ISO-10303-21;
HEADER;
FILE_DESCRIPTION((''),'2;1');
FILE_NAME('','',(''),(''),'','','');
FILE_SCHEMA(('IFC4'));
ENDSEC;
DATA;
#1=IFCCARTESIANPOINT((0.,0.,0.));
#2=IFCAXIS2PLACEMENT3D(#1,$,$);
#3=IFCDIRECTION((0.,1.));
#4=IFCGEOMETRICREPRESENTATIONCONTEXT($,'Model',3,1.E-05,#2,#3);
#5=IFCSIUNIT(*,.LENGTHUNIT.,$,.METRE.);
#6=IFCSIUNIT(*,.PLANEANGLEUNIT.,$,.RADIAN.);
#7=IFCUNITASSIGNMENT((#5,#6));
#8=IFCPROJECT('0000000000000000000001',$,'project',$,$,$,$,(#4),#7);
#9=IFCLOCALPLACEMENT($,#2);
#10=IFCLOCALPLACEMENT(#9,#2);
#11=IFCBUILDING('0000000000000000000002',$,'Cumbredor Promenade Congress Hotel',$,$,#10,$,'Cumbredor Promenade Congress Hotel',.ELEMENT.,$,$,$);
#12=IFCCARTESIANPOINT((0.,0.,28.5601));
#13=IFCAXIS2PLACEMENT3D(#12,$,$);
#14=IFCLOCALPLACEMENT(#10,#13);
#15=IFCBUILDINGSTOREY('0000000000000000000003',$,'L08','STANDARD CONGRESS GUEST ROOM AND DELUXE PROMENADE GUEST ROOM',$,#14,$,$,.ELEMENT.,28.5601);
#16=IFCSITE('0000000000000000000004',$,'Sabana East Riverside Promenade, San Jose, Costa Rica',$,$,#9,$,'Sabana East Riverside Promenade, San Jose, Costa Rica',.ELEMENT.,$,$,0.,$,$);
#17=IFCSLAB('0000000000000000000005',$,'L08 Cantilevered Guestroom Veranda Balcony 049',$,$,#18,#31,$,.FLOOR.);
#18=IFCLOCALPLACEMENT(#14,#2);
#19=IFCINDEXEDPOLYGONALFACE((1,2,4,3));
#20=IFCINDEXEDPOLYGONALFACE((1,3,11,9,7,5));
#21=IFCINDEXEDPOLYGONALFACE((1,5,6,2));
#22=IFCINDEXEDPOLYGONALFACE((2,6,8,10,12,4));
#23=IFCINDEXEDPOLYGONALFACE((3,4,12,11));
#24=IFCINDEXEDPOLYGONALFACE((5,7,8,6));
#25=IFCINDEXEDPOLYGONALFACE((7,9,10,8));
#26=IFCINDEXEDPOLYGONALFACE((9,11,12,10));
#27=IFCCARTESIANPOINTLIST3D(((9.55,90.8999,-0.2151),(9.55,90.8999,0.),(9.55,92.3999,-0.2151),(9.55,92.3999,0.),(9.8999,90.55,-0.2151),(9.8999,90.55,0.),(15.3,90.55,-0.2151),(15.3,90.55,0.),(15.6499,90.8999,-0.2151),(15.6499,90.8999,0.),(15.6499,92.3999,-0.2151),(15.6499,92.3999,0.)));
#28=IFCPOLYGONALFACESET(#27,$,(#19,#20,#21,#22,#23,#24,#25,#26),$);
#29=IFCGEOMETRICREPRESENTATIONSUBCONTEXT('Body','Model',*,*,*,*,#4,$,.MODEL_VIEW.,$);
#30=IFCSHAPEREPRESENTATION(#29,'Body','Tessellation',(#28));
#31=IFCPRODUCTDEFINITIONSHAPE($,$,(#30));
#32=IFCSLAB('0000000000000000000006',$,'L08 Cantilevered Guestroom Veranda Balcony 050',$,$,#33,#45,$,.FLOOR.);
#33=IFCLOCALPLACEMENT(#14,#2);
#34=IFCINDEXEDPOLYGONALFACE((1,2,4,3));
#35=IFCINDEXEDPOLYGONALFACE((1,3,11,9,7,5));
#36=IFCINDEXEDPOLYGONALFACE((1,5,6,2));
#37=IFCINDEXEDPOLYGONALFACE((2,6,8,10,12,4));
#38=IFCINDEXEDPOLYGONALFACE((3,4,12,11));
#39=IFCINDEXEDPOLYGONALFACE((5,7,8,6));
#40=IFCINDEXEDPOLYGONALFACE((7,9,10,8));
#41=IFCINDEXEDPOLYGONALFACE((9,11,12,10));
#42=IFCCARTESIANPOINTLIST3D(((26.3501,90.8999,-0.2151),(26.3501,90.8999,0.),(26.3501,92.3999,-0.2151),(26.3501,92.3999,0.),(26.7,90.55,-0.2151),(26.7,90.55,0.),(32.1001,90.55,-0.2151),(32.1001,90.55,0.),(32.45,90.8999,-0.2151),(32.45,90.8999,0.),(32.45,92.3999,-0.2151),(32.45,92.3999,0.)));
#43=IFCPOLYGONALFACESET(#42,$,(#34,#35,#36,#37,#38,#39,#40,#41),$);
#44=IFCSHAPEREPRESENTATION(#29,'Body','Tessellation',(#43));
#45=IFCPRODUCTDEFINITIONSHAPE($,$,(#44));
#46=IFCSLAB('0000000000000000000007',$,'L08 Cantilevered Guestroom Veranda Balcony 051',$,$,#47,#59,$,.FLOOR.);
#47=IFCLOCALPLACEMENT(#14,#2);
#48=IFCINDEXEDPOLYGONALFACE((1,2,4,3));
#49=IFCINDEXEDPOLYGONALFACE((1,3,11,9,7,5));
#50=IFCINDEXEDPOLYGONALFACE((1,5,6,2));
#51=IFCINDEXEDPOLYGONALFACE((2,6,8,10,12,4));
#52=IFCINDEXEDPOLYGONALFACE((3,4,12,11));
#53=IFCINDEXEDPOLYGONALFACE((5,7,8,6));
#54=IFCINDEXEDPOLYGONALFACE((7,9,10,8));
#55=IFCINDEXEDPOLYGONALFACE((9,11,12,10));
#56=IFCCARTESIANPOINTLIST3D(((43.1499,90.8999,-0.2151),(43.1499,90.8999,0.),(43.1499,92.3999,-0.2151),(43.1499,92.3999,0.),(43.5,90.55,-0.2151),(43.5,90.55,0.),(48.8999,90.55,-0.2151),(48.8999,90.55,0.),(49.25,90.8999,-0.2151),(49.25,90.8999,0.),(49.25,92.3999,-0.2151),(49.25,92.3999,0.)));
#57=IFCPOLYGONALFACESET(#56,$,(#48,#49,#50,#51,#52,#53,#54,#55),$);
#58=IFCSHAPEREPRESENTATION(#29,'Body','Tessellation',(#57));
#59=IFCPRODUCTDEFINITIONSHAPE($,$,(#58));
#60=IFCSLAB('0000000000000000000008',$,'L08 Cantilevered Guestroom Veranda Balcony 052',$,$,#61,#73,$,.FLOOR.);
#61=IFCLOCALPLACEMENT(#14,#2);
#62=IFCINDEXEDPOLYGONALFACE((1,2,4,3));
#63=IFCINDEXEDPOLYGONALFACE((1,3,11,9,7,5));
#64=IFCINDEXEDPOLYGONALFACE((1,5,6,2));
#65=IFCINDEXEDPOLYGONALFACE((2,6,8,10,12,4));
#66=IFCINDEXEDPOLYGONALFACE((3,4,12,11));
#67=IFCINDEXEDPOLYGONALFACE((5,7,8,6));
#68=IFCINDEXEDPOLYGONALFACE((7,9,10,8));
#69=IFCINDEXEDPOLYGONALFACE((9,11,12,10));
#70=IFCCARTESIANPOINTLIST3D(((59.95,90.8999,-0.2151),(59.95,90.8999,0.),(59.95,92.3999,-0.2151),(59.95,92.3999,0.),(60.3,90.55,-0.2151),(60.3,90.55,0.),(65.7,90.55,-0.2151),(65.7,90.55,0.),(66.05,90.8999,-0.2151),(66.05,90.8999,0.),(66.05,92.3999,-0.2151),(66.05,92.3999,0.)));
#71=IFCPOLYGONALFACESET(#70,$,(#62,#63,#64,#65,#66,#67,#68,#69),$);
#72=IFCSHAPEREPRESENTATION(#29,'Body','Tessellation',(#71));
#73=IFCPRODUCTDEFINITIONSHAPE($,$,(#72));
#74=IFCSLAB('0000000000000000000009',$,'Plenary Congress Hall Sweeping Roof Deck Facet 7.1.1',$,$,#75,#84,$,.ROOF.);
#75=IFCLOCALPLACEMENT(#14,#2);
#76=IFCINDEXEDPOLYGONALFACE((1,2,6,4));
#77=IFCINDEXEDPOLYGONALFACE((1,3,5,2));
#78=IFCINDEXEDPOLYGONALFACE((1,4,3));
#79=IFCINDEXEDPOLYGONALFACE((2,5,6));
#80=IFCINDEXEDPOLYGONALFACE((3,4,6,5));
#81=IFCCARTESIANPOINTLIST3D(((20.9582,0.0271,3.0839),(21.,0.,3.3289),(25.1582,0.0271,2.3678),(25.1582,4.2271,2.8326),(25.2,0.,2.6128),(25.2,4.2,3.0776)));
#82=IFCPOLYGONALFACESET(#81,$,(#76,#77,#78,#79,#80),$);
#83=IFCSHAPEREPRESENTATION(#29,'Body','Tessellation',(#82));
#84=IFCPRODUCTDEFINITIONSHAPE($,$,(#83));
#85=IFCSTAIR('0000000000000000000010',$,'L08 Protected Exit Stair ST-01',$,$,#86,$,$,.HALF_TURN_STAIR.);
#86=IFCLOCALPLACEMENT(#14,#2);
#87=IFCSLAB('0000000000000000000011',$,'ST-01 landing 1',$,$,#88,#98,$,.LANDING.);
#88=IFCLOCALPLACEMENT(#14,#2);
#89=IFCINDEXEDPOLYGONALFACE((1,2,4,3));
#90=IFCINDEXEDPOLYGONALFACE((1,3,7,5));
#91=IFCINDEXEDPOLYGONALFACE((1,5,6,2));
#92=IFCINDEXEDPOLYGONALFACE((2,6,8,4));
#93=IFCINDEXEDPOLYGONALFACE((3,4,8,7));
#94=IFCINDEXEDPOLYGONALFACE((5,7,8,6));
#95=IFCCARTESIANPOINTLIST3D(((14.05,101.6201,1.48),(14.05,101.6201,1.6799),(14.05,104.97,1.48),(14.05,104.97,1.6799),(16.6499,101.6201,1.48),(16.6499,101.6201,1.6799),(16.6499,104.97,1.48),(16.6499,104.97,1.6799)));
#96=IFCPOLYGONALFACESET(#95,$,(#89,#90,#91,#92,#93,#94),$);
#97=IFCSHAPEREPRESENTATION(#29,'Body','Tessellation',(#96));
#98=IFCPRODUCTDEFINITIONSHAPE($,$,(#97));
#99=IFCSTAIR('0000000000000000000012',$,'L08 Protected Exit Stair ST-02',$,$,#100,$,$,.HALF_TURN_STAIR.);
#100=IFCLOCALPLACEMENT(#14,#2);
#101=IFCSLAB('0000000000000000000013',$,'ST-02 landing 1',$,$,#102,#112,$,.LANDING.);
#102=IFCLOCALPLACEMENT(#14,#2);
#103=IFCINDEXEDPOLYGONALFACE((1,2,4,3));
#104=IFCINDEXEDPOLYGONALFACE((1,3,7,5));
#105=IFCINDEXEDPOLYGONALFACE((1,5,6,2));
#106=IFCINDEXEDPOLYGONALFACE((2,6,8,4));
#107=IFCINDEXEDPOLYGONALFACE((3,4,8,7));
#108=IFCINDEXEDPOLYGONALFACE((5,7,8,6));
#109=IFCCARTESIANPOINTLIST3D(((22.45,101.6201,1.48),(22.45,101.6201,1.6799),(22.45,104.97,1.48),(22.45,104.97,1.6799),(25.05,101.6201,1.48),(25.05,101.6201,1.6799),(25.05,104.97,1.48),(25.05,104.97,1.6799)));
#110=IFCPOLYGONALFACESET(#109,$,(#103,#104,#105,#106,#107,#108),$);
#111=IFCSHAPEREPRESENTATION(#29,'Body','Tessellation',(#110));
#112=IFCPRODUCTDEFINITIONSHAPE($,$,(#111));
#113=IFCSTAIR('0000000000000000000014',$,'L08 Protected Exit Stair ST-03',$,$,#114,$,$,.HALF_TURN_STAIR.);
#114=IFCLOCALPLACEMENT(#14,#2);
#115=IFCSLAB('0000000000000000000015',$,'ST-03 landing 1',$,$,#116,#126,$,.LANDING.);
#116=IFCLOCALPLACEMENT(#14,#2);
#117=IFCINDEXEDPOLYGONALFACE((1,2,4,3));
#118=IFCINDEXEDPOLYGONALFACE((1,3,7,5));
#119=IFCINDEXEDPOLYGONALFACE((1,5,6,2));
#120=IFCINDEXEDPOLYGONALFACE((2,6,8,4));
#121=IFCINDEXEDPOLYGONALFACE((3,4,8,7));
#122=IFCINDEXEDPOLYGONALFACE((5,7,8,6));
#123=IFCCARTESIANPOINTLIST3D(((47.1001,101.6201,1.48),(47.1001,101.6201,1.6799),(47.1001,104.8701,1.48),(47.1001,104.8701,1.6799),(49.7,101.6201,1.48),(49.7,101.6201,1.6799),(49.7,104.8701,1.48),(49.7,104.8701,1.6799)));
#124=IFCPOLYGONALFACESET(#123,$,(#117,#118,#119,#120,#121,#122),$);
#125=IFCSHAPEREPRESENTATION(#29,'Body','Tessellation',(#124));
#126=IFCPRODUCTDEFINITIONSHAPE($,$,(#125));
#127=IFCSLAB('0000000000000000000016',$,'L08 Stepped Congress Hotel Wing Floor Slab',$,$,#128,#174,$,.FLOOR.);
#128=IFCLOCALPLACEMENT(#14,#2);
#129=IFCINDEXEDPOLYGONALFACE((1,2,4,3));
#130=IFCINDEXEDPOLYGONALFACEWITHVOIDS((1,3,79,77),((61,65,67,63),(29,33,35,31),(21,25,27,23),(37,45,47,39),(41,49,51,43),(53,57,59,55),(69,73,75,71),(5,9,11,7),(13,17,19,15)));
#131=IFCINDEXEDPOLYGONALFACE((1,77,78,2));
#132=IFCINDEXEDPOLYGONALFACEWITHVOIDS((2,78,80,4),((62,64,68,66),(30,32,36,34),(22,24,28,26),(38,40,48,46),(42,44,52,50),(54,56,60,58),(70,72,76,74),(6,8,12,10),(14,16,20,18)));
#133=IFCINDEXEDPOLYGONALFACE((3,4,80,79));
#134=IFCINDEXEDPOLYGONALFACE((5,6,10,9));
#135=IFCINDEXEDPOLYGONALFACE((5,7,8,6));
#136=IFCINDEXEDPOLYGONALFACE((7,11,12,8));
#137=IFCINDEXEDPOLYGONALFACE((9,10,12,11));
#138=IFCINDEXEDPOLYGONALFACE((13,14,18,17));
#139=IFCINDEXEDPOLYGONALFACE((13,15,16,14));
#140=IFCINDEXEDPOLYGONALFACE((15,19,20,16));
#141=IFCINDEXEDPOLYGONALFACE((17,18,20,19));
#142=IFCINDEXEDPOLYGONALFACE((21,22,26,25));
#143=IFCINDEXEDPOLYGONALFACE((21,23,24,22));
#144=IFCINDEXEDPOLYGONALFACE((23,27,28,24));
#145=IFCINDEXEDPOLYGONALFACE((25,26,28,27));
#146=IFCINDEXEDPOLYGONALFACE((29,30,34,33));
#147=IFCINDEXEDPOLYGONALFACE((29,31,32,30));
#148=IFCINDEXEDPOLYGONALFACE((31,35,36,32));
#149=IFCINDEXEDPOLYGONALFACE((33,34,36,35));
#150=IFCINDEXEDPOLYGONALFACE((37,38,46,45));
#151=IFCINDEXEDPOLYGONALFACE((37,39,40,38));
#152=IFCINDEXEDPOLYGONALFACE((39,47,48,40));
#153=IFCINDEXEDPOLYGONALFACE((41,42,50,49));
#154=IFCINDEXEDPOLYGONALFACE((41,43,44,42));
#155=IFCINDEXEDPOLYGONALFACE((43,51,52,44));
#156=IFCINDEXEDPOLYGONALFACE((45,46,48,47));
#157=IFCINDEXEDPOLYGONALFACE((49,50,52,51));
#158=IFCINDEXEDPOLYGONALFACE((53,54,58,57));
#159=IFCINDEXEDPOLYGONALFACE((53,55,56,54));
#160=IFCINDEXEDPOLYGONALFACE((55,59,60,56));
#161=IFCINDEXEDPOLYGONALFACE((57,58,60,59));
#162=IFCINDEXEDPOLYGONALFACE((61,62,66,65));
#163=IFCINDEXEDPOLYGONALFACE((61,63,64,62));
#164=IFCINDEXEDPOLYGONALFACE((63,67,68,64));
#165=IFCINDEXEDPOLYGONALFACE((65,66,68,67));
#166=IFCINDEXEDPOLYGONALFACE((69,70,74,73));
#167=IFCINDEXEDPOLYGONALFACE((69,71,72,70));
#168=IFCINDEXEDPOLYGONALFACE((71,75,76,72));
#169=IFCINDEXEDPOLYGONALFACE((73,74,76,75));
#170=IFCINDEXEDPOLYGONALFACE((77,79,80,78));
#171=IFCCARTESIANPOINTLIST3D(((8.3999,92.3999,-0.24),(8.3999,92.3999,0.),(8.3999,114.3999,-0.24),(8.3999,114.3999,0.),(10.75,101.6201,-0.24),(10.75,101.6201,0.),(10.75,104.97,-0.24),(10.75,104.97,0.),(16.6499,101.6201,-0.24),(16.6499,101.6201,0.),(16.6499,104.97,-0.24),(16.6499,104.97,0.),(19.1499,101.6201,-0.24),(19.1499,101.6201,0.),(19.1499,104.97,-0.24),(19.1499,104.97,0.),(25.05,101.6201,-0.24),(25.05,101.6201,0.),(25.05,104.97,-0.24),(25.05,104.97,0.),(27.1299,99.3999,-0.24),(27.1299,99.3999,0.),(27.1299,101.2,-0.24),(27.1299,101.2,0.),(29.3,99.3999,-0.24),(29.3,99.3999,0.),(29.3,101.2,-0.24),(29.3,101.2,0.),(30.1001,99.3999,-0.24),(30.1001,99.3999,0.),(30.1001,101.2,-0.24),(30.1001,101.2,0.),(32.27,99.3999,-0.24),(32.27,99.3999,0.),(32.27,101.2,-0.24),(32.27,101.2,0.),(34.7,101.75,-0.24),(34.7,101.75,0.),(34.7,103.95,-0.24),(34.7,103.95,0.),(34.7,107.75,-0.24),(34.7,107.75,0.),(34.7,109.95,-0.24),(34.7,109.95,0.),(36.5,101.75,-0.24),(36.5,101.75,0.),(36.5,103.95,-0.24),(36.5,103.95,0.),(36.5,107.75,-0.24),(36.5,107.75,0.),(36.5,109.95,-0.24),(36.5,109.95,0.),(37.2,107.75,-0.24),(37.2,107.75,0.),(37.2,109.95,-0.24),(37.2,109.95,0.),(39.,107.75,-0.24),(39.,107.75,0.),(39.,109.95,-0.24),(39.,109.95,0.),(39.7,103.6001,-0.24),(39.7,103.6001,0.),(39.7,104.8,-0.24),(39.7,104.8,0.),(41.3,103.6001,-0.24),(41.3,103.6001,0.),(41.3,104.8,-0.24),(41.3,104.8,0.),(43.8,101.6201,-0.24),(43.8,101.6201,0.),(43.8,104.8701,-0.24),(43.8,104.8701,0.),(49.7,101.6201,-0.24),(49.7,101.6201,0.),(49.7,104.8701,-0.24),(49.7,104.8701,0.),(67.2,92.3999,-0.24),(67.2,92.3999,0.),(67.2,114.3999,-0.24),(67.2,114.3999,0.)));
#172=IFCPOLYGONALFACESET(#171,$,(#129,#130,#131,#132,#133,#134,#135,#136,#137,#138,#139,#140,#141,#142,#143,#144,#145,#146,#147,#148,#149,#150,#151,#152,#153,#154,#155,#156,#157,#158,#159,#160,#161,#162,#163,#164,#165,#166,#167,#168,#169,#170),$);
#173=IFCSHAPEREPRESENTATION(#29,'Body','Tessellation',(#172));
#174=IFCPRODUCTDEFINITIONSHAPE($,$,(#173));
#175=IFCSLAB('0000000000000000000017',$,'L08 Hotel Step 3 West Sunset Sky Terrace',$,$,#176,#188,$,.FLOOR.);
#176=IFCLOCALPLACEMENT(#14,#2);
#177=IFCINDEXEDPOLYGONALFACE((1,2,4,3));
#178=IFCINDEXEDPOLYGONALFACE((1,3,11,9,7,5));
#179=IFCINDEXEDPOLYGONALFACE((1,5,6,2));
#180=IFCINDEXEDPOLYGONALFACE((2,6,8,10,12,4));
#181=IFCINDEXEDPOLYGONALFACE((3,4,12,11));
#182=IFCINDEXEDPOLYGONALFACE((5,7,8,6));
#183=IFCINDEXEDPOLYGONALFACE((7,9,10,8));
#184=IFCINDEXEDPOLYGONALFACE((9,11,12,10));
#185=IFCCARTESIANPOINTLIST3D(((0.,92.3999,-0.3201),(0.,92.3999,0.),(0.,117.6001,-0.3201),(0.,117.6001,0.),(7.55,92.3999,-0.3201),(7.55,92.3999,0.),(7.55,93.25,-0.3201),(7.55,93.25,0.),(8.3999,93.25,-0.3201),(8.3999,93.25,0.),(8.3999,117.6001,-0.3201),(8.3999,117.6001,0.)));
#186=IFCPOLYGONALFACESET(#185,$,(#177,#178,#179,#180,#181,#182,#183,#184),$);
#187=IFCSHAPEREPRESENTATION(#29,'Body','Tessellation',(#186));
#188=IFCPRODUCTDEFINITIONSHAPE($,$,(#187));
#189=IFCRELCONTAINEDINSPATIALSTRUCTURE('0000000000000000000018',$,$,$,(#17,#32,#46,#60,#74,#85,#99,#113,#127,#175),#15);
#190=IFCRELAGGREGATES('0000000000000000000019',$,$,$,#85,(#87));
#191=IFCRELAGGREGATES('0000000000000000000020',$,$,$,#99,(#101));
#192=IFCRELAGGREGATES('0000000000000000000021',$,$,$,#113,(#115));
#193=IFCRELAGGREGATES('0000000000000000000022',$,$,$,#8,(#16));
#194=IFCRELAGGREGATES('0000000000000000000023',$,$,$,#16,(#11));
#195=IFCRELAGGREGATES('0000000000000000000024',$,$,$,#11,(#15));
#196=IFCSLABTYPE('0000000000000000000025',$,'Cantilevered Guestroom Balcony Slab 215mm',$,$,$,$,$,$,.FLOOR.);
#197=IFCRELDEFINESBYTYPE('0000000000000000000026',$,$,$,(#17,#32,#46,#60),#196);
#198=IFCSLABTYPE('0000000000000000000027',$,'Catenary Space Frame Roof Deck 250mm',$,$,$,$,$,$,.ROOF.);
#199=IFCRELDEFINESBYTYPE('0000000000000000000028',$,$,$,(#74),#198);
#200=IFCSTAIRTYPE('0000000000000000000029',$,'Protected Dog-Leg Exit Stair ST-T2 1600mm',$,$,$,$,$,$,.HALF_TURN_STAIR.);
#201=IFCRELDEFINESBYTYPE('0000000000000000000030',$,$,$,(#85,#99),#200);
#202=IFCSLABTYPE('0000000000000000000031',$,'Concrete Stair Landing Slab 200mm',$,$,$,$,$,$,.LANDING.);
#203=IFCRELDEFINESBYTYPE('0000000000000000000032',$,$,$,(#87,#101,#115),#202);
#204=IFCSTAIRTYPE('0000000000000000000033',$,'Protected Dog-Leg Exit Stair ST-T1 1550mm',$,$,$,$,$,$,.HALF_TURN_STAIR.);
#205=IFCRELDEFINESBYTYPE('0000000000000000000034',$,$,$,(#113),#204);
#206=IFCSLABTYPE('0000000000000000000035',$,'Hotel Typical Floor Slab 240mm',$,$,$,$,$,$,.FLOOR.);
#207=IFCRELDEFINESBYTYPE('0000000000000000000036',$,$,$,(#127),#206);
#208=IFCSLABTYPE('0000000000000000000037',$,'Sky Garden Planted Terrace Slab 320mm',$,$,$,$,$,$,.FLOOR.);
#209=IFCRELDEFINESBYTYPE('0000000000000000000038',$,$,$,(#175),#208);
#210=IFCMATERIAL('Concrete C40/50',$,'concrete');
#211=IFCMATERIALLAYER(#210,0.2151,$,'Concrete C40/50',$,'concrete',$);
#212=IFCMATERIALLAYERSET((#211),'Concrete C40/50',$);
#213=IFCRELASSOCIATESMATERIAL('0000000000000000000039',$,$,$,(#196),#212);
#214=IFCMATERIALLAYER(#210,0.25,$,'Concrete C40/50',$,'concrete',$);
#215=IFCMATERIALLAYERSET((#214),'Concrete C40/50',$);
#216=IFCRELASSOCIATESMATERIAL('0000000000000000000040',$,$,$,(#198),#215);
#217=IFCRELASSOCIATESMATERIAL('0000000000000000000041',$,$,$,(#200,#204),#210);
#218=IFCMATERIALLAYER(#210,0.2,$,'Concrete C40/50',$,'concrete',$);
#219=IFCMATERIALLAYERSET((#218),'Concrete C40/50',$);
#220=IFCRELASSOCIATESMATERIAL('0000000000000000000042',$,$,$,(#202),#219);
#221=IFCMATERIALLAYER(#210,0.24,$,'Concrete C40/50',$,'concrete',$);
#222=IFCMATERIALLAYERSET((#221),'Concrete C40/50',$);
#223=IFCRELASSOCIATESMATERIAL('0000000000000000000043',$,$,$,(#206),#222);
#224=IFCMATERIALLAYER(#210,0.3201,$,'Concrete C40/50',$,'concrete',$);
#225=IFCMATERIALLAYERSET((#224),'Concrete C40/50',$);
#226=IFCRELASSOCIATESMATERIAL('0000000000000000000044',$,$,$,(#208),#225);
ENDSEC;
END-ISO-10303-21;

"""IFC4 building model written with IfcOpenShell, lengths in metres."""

from ifc_helpers import new_model, si_unit, direction, frame, origin, place, context, subcontext, project, spatial, polyline, outline, extrude, material, layer, layer_set, type_object, element, aggregate, save


model = new_model("IFC4")

# Units and contexts
model_context = context("Model", 3, precision=1e-05, world=origin(), true_north=direction((0.0, 1.0)))
body_context = subcontext(model_context, "Body", "Model", "MODEL_VIEW")
ifc_project = project(units=[si_unit("LENGTHUNIT", "METRE"), si_unit("PLANEANGLEUNIT", "RADIAN")], contexts=[model_context])

# Site, building, storey
site_placement = place(None, origin())
site = spatial("IfcSite", under=ifc_project, at=site_placement, Name="Sabana East Riverside Promenade, San Jose, Costa Rica", LongName="Sabana East Riverside Promenade, San Jose, Costa Rica", CompositionType="ELEMENT", RefElevation=0.0)
building_placement = place(site_placement, origin())
building = spatial("IfcBuilding", under=site, at=building_placement, Name="Cumbredor Promenade Congress Hotel", LongName="Cumbredor Promenade Congress Hotel", CompositionType="ELEMENT")
storey_placement = place(building_placement, frame((0.0, 0.0, 28.5601)))
storey = spatial("IfcBuildingStorey", under=building, at=storey_placement, Name="L08", Description="STANDARD CONGRESS GUEST ROOM AND DELUXE PROMENADE GUEST ROOM", CompositionType="ELEMENT", Elevation=28.5601)

# Slabs
ifc_material_1 = material(Name="Concrete C40/50", Category="concrete")
ifc_layer_1 = layer(ifc_material_1, 0.2151, Name="Concrete C40/50", Category="concrete")
ifc_layer_set_1 = layer_set([ifc_layer_1], Name="Concrete C40/50")
slab_type_1 = type_object("IfcSlabType", Name="Cantilevered Guestroom Balcony Slab 215mm", PredefinedType="FLOOR", material=ifc_layer_set_1)
slab_1_placement = place(storey_placement, frame((0.0, 0.0, -0.2151)))
element("IfcSlab", 1, at=slab_1_placement, inside=storey, type_object=slab_type_1, Name="L08 Cantilevered Guestroom Veranda Balcony 049", PredefinedType="FLOOR", context=body_context, shape_type="SweptSolid", body=[
    extrude(outline(polyline([(9.8999, 90.55), (15.3, 90.55), (15.6499, 90.8999), (15.6499, 92.3999), (9.55, 92.3999), (9.55, 90.8999), (9.8999, 90.55)])), origin(), (0.0, 0.0, 1.0), 0.2151),
])
slab_2_placement = place(storey_placement, frame((0.0, 0.0, -0.2151)))
element("IfcSlab", 2, at=slab_2_placement, inside=storey, type_object=slab_type_1, Name="L08 Cantilevered Guestroom Veranda Balcony 050", PredefinedType="FLOOR", context=body_context, shape_type="SweptSolid", body=[
    extrude(outline(polyline([(26.7, 90.55), (32.1001, 90.55), (32.45, 90.8999), (32.45, 92.3999), (26.3501, 92.3999), (26.3501, 90.8999), (26.7, 90.55)])), origin(), (0.0, 0.0, 1.0), 0.2151),
])
slab_3_placement = place(storey_placement, frame((0.0, 0.0, -0.2151)))
element("IfcSlab", 3, at=slab_3_placement, inside=storey, type_object=slab_type_1, Name="L08 Cantilevered Guestroom Veranda Balcony 051", PredefinedType="FLOOR", context=body_context, shape_type="SweptSolid", body=[
    extrude(outline(polyline([(43.5, 90.55), (48.8999, 90.55), (49.25, 90.8999), (49.25, 92.3999), (43.1499, 92.3999), (43.1499, 90.8999), (43.5, 90.55)])), origin(), (0.0, 0.0, 1.0), 0.2151),
])
slab_4_placement = place(storey_placement, frame((0.0, 0.0, -0.2151)))
element("IfcSlab", 4, at=slab_4_placement, inside=storey, type_object=slab_type_1, Name="L08 Cantilevered Guestroom Veranda Balcony 052", PredefinedType="FLOOR", context=body_context, shape_type="SweptSolid", body=[
    extrude(outline(polyline([(60.3, 90.55), (65.7, 90.55), (66.05, 90.8999), (66.05, 92.3999), (59.95, 92.3999), (59.95, 90.8999), (60.3, 90.55)])), origin(), (0.0, 0.0, 1.0), 0.2151),
])
ifc_layer_2 = layer(ifc_material_1, 0.25, Name="Concrete C40/50", Category="concrete")
ifc_layer_set_2 = layer_set([ifc_layer_2], Name="Concrete C40/50")
slab_type_2 = type_object("IfcSlabType", Name="Catenary Space Frame Roof Deck 250mm", PredefinedType="ROOF", material=ifc_layer_set_2)
slab_5_placement = place(storey_placement, frame((21.0, 0.0, 3.3289), z_axis=(0.167077, -0.10846, 0.97996), x_axis=(0.985775, 0.0, -0.168068)))
element("IfcSlab", 5, at=slab_5_placement, inside=storey, type_object=slab_type_2, Name="Plenary Congress Hall Sweeping Roof Deck Facet 7.1.1", PredefinedType="ROOF", context=body_context, shape_type="SweptSolid", body=[
    extrude(outline(polyline([(0.0, 0.0), (4.2606, 0.0), (4.1824, 4.2249), (0.0, 0.0)])), origin(), (0.0, 0.0, -1.0), 0.25),
])

# Stairs, slabs
stair_type_1 = type_object("IfcStairType", Name="Protected Dog-Leg Exit Stair ST-T2 1600mm", PredefinedType="HALF_TURN_STAIR", material=ifc_material_1)
stair_1_placement = place(storey_placement, origin())
stair_1 = element("IfcStair", 6, at=stair_1_placement, inside=storey, type_object=stair_type_1, Name="L08 Protected Exit Stair ST-01", PredefinedType="HALF_TURN_STAIR")
ifc_layer_3 = layer(ifc_material_1, 0.2, Name="Concrete C40/50", Category="concrete")
ifc_layer_set_3 = layer_set([ifc_layer_3], Name="Concrete C40/50")
slab_type_3 = type_object("IfcSlabType", Name="Concrete Stair Landing Slab 200mm", PredefinedType="LANDING", material=ifc_layer_set_3)
slab_6_placement = place(storey_placement, frame((0.0, 0.0, 1.48)))
slab_6 = element("IfcSlab", 7, at=slab_6_placement, type_object=slab_type_3, Name="ST-01 landing 1", PredefinedType="LANDING", context=body_context, shape_type="SweptSolid", body=[
    extrude(outline(polyline([(14.05, 101.6201), (16.6499, 101.6201), (16.6499, 104.97), (14.05, 104.97), (14.05, 101.6201)])), origin(), (0.0, 0.0, 1.0), 0.2),
])
aggregate(stair_1, [slab_6])
stair_2_placement = place(storey_placement, origin())
stair_2 = element("IfcStair", 8, at=stair_2_placement, inside=storey, type_object=stair_type_1, Name="L08 Protected Exit Stair ST-02", PredefinedType="HALF_TURN_STAIR")
slab_7_placement = place(storey_placement, frame((0.0, 0.0, 1.48)))
slab_7 = element("IfcSlab", 9, at=slab_7_placement, type_object=slab_type_3, Name="ST-02 landing 1", PredefinedType="LANDING", context=body_context, shape_type="SweptSolid", body=[
    extrude(outline(polyline([(22.45, 101.6201), (25.05, 101.6201), (25.05, 104.97), (22.45, 104.97), (22.45, 101.6201)])), origin(), (0.0, 0.0, 1.0), 0.2),
])
aggregate(stair_2, [slab_7])
stair_type_2 = type_object("IfcStairType", Name="Protected Dog-Leg Exit Stair ST-T1 1550mm", PredefinedType="HALF_TURN_STAIR", material=ifc_material_1)
stair_3_placement = place(storey_placement, origin())
stair_3 = element("IfcStair", 10, at=stair_3_placement, inside=storey, type_object=stair_type_2, Name="L08 Protected Exit Stair ST-03", PredefinedType="HALF_TURN_STAIR")
slab_8_placement = place(storey_placement, frame((0.0, 0.0, 1.48)))
slab_8 = element("IfcSlab", 11, at=slab_8_placement, type_object=slab_type_3, Name="ST-03 landing 1", PredefinedType="LANDING", context=body_context, shape_type="SweptSolid", body=[
    extrude(outline(polyline([(47.1001, 101.6201), (49.7, 101.6201), (49.7, 104.8701), (47.1001, 104.8701), (47.1001, 101.6201)])), origin(), (0.0, 0.0, 1.0), 0.2),
])
aggregate(stair_3, [slab_8])

# Slabs
ifc_layer_4 = layer(ifc_material_1, 0.24, Name="Concrete C40/50", Category="concrete")
ifc_layer_set_4 = layer_set([ifc_layer_4], Name="Concrete C40/50")
slab_type_4 = type_object("IfcSlabType", Name="Hotel Typical Floor Slab 240mm", PredefinedType="FLOOR", material=ifc_layer_set_4)
slab_9_placement = place(storey_placement, frame((0.0, 0.0, -0.24)))
element("IfcSlab", 12, at=slab_9_placement, inside=storey, type_object=slab_type_4, Name="L08 Stepped Congress Hotel Wing Floor Slab", PredefinedType="FLOOR", context=body_context, shape_type="SweptSolid", body=[
    extrude(outline(polyline([(8.3999, 92.3999), (67.2, 92.3999), (67.2, 114.3999), (8.3999, 114.3999), (8.3999, 92.3999)]), holes=[polyline([(10.75, 101.6201), (16.6499, 101.6201), (16.6499, 104.97), (10.75, 104.97), (10.75, 101.6201)]), polyline([(19.1499, 101.6201), (25.05, 101.6201), (25.05, 104.97), (19.1499, 104.97), (19.1499, 101.6201)]), polyline([(43.8, 101.6201), (49.7, 101.6201), (49.7, 104.8701), (43.8, 104.8701), (43.8, 101.6201)]), polyline([(27.1299, 99.3999), (29.3, 99.3999), (29.3, 101.2), (27.1299, 101.2), (27.1299, 99.3999)]), polyline([(30.1001, 99.3999), (32.27, 99.3999), (32.27, 101.2), (30.1001, 101.2), (30.1001, 99.3999)]), polyline([(34.7, 107.75), (36.5, 107.75), (36.5, 109.95), (34.7, 109.95), (34.7, 107.75)]), polyline([(37.2, 107.75), (39.0, 107.75), (39.0, 109.95), (37.2, 109.95), (37.2, 107.75)]), polyline([(34.7, 101.75), (36.5, 101.75), (36.5, 103.95), (34.7, 103.95), (34.7, 101.75)]), polyline([(39.7, 103.6001), (41.3, 103.6001), (41.3, 104.8), (39.7, 104.8), (39.7, 103.6001)])]), origin(), (0.0, 0.0, 1.0), 0.24),
])
ifc_layer_5 = layer(ifc_material_1, 0.3201, Name="Concrete C40/50", Category="concrete")
ifc_layer_set_5 = layer_set([ifc_layer_5], Name="Concrete C40/50")
slab_type_5 = type_object("IfcSlabType", Name="Sky Garden Planted Terrace Slab 320mm", PredefinedType="FLOOR", material=ifc_layer_set_5)
slab_10_placement = place(storey_placement, frame((0.0, 0.0, -0.3201)))
element("IfcSlab", 13, at=slab_10_placement, inside=storey, type_object=slab_type_5, Name="L08 Hotel Step 3 West Sunset Sky Terrace", PredefinedType="FLOOR", context=body_context, shape_type="SweptSolid", body=[
    extrude(outline(polyline([(0.0, 92.3999), (7.55, 92.3999), (7.55, 93.25), (8.3999, 93.25), (8.3999, 117.6001), (0.0, 117.6001), (0.0, 92.3999)])), origin(), (0.0, 0.0, 1.0), 0.3201),
])

save(model, "model.ifc")
